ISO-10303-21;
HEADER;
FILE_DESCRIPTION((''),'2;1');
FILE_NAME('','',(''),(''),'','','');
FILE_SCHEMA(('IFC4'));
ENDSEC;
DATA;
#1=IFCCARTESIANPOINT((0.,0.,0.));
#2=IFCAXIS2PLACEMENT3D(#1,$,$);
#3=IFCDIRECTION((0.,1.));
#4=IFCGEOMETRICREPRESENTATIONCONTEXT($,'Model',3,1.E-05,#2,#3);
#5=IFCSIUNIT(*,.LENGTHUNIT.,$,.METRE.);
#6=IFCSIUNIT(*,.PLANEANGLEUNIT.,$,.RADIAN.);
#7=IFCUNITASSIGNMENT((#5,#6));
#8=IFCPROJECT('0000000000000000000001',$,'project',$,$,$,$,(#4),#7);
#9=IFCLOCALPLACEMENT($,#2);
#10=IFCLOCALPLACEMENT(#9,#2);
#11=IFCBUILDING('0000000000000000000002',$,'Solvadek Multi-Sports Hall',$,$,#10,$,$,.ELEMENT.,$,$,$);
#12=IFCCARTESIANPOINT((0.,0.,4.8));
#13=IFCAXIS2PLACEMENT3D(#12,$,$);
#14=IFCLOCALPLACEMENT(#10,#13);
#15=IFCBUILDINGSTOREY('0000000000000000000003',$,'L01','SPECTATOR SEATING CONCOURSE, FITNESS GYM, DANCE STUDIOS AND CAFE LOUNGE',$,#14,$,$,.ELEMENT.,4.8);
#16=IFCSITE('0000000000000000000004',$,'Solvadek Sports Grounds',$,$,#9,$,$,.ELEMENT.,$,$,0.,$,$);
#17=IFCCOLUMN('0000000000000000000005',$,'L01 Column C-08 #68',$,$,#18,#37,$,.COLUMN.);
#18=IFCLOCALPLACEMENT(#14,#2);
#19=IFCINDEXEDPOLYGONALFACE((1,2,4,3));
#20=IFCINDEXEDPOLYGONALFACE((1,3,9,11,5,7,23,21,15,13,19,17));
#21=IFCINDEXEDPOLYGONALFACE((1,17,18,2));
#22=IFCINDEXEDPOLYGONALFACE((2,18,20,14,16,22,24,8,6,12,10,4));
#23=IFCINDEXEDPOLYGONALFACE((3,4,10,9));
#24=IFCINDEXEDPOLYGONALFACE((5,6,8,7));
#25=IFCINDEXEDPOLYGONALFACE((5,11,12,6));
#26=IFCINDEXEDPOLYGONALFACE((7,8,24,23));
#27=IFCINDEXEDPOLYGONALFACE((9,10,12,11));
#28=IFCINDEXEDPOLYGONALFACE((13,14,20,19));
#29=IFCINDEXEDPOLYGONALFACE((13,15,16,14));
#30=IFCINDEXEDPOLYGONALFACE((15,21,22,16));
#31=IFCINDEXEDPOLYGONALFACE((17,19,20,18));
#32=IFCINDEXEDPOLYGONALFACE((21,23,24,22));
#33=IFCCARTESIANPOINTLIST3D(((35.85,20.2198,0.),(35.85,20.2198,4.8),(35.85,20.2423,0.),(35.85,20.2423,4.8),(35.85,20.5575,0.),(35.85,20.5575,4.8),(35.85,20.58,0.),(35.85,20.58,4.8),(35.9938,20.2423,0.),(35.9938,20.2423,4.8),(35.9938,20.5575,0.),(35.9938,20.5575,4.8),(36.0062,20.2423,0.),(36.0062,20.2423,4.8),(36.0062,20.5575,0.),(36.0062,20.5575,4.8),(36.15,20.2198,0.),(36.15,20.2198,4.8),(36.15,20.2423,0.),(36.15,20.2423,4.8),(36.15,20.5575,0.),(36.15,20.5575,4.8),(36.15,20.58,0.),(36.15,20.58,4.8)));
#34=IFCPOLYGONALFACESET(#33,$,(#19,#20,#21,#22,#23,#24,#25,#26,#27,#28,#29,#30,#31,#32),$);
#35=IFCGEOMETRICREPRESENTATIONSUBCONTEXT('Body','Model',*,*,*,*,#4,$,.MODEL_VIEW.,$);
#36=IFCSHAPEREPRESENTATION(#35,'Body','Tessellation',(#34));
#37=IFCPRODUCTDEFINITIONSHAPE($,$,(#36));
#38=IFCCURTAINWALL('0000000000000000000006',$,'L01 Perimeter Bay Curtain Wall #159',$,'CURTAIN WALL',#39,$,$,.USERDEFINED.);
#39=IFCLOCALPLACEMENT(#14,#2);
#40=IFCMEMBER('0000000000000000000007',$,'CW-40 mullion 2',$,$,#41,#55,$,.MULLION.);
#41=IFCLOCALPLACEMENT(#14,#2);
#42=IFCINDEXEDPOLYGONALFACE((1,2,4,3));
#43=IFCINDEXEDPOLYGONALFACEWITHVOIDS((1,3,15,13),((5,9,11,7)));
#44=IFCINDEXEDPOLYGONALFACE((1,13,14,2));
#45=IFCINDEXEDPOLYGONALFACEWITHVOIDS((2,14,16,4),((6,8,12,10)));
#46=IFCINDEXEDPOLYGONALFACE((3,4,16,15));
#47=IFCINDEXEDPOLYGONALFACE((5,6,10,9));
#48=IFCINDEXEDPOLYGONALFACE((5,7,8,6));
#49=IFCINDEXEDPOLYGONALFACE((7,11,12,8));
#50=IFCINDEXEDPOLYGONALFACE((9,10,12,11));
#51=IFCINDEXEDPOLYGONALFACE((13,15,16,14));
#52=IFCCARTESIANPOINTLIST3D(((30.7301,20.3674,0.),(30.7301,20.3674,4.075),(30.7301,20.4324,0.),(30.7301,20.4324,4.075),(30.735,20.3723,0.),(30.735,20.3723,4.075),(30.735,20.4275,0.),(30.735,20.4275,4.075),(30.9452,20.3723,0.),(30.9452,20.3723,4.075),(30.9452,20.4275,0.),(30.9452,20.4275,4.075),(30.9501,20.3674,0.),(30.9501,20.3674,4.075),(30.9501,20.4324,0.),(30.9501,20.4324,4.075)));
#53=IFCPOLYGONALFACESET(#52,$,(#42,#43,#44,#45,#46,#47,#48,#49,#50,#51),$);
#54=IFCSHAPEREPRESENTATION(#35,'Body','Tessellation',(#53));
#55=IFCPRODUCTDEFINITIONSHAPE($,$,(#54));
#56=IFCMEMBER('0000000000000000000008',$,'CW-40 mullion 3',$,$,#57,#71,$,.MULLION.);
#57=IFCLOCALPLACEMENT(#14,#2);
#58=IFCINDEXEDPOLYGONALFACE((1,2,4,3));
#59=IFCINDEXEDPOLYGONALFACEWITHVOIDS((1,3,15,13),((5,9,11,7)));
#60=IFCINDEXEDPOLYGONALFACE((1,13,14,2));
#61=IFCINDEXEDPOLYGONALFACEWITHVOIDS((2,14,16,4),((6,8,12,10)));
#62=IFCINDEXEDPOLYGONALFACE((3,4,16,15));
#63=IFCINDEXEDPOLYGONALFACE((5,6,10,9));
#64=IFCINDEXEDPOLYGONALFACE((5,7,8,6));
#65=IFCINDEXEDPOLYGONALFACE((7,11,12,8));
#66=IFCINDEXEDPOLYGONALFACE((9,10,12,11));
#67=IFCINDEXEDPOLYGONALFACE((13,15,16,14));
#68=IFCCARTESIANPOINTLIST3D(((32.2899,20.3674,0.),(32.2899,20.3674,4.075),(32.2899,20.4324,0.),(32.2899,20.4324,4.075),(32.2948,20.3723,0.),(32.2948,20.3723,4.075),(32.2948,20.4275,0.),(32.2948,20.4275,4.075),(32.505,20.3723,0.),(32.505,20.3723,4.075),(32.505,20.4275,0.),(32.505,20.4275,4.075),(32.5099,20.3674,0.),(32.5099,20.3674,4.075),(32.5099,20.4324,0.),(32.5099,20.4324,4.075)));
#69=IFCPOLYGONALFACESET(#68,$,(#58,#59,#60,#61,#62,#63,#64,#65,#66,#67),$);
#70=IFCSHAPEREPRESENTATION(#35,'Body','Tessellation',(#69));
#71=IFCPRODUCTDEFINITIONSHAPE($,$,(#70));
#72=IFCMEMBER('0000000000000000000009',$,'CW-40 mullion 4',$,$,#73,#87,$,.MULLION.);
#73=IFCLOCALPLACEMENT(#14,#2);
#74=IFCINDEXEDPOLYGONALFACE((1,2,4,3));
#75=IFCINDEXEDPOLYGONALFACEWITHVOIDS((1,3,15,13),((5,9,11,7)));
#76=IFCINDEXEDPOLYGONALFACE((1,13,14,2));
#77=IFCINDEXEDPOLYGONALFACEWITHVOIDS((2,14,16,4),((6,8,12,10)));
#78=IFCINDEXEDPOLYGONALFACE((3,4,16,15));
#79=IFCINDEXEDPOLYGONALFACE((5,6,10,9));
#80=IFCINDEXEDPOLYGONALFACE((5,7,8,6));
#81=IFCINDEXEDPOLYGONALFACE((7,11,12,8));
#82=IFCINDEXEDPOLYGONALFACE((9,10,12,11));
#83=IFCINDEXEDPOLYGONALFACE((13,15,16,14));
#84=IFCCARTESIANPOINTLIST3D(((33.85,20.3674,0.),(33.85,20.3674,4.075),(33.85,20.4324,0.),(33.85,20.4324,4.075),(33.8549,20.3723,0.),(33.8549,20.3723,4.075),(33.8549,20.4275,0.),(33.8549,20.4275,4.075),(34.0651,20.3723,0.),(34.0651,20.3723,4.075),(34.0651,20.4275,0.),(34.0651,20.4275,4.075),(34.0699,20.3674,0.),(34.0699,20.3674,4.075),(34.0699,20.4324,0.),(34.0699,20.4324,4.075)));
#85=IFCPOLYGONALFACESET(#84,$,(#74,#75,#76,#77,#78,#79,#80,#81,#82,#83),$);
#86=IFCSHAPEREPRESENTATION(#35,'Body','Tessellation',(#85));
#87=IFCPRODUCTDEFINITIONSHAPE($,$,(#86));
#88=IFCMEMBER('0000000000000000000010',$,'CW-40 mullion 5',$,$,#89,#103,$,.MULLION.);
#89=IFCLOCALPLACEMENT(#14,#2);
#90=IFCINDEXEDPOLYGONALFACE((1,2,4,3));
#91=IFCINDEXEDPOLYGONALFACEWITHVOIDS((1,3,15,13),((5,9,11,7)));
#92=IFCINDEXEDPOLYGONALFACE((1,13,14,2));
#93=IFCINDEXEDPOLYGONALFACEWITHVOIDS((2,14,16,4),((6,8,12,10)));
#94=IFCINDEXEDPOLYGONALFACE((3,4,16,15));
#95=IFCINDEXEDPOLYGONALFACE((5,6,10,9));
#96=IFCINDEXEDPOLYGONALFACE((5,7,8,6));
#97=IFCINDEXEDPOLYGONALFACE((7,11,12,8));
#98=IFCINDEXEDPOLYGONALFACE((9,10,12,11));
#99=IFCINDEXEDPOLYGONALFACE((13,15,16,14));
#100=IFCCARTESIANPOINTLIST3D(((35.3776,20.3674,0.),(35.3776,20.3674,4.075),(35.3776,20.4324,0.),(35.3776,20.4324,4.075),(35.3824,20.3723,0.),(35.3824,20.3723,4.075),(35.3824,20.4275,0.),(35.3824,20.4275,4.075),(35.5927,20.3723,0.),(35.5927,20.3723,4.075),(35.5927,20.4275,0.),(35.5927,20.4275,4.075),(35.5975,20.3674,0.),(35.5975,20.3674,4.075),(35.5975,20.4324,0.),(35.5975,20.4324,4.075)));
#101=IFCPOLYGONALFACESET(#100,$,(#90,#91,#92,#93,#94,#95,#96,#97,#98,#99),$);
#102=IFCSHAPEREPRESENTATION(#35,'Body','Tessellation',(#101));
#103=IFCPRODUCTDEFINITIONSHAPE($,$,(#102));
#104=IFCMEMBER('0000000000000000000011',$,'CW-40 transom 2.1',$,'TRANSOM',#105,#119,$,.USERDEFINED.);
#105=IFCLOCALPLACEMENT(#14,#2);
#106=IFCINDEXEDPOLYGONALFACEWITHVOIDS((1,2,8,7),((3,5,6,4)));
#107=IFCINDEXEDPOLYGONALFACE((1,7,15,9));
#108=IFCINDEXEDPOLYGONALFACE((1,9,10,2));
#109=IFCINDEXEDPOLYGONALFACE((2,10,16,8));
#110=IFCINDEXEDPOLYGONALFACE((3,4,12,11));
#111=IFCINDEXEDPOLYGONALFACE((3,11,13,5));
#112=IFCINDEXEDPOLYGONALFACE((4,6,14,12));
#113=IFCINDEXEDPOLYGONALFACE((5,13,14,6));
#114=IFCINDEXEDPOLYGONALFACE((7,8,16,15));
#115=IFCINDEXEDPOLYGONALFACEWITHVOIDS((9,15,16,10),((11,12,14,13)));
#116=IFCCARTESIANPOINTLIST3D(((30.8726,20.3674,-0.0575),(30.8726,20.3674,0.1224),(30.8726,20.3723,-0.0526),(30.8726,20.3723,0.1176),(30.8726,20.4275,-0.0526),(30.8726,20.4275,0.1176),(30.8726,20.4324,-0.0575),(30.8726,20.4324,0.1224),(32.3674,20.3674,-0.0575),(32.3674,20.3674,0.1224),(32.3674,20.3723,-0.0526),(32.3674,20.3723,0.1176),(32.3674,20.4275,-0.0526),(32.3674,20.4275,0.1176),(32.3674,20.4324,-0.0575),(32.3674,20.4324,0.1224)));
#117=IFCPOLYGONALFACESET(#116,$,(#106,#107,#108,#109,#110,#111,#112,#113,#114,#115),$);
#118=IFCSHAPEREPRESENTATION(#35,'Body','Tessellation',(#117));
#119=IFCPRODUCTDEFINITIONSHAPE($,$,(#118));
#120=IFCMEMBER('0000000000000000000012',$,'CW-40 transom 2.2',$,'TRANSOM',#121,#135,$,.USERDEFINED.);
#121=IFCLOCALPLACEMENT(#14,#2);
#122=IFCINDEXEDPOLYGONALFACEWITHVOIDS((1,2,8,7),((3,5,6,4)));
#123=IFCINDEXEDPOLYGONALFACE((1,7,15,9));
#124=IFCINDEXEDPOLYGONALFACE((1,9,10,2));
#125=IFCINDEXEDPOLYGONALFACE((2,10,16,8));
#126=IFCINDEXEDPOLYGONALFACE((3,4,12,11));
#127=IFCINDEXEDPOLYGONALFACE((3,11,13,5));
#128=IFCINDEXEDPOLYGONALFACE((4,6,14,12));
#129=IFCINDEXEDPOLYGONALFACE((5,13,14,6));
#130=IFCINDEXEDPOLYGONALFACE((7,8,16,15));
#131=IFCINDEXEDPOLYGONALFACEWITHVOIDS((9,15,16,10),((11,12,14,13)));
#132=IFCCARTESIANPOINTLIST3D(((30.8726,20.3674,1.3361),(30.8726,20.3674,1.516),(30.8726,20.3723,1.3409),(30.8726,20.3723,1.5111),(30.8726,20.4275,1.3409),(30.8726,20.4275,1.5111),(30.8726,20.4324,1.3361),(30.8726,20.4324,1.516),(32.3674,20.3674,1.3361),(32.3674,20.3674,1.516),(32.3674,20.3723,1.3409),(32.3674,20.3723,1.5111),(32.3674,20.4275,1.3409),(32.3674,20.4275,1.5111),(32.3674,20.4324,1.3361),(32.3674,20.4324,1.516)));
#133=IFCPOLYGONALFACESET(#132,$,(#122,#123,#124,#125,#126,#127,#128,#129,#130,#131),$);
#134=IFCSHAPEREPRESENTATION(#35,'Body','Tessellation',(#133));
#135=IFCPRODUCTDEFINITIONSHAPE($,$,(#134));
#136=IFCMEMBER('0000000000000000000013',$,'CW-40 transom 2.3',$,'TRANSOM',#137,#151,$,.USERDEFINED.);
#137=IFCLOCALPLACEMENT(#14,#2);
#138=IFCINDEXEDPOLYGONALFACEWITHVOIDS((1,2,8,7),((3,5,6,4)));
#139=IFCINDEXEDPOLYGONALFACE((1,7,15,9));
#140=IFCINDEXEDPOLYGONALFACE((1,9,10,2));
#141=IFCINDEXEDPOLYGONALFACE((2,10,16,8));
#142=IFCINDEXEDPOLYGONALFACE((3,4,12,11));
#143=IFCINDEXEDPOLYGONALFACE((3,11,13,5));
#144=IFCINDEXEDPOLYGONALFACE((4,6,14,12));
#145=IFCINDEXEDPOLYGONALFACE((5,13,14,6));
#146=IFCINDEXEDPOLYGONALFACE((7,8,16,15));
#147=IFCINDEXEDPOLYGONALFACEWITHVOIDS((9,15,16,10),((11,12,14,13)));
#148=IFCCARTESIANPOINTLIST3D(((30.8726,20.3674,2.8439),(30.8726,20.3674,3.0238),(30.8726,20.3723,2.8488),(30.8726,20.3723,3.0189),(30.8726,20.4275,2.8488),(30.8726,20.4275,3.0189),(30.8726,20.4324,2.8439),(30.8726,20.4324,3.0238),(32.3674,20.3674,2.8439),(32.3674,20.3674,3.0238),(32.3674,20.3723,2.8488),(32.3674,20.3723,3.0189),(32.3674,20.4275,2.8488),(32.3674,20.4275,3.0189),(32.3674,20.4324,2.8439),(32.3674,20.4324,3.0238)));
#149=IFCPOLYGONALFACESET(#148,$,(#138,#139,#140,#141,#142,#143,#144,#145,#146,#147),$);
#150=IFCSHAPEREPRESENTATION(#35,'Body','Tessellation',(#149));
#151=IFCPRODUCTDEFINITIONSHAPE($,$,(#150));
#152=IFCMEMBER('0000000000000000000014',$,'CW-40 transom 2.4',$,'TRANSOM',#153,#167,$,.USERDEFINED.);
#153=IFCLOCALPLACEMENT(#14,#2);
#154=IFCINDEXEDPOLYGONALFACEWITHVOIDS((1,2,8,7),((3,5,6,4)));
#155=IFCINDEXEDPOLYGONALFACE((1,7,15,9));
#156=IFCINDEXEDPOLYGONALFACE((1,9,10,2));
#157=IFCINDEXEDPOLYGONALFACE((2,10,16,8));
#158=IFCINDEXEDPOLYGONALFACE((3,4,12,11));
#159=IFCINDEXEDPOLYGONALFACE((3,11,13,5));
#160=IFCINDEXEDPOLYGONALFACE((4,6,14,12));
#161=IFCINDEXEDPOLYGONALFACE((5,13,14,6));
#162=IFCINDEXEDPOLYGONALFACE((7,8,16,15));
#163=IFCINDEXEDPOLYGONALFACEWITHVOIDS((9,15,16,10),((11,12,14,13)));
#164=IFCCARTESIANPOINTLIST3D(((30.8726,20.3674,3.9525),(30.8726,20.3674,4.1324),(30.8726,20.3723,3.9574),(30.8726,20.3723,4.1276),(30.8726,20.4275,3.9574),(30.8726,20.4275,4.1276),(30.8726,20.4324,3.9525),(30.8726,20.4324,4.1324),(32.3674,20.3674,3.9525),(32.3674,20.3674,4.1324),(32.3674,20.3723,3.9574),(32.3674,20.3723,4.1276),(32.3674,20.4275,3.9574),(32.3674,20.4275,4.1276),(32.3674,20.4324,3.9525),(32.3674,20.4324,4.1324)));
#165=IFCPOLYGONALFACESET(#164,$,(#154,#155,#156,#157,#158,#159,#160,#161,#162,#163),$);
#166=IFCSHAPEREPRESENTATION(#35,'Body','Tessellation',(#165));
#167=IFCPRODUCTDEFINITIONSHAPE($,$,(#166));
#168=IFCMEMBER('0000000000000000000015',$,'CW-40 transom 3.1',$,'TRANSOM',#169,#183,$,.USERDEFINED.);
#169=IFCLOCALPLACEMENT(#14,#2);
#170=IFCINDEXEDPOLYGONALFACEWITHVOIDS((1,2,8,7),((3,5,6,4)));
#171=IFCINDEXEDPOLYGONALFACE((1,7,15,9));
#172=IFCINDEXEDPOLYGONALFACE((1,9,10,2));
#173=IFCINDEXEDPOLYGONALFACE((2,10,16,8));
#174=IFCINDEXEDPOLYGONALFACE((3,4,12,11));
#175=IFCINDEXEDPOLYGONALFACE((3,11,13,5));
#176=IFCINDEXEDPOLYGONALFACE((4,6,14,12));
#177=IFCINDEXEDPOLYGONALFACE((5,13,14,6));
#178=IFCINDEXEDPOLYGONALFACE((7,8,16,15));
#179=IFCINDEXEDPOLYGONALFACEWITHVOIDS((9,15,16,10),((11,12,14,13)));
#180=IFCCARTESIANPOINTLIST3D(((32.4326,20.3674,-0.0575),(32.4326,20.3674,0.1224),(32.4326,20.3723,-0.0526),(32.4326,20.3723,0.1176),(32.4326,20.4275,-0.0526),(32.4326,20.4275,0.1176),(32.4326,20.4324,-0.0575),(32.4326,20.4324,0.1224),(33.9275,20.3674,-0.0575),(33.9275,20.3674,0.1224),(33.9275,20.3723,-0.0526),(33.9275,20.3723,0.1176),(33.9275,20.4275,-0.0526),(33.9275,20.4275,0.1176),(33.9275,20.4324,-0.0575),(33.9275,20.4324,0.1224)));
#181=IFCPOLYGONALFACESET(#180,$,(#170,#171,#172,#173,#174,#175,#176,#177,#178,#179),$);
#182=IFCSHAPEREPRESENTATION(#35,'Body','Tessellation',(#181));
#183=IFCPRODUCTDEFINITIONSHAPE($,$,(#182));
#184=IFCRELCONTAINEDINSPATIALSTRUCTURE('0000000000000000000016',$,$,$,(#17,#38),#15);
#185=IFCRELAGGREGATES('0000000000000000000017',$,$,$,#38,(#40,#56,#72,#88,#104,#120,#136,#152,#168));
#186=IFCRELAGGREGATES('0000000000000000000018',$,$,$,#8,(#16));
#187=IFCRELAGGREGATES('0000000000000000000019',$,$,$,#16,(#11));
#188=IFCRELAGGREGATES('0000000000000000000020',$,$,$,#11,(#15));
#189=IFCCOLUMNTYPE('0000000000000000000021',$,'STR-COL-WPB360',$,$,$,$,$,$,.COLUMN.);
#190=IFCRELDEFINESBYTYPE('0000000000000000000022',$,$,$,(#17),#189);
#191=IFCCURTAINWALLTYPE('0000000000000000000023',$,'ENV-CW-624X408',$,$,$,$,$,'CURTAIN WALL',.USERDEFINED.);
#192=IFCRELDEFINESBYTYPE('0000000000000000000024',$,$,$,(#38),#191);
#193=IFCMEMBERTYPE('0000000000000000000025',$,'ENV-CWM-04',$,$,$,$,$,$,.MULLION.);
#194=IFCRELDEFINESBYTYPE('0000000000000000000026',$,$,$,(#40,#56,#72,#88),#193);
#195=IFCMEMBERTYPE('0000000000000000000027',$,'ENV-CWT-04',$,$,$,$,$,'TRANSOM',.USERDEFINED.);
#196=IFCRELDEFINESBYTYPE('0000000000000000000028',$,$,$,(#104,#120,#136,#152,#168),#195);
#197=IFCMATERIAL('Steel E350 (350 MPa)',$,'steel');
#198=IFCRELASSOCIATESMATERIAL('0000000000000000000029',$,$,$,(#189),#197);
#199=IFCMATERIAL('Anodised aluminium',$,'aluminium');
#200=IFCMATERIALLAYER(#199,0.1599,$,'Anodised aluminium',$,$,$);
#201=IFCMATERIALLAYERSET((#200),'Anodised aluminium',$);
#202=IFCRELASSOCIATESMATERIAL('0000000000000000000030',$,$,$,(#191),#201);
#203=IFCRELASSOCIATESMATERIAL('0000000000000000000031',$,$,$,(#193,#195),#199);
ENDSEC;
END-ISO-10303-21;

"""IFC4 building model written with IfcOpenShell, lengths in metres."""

from ifc_helpers import new_model, si_unit, direction, frame, origin, origin_2d, place, context, subcontext, project, spatial, hollow_rectangle, i_section, extrude, material, layer, layer_set, material_profile, profile_set, type_object, element, aggregate, save


model = new_model("IFC4")

# Units and contexts
model_context = context("Model", 3, precision=1e-05, world=origin(), true_north=direction((0.0, 1.0)))
body_context = subcontext(model_context, "Body", "Model", "MODEL_VIEW")
ifc_project = project(units=[si_unit("LENGTHUNIT", "METRE"), si_unit("PLANEANGLEUNIT", "RADIAN")], contexts=[model_context])

# Site, building, storey
site_placement = place(None, origin())
site = spatial("IfcSite", under=ifc_project, at=site_placement, Name="Solvadek Sports Grounds", CompositionType="ELEMENT", RefElevation=0.0)
building_placement = place(site_placement, origin())
building = spatial("IfcBuilding", under=site, at=building_placement, Name="Solvadek Multi-Sports Hall", CompositionType="ELEMENT")
storey_placement = place(building_placement, frame((0.0, 0.0, 4.8)))
storey = spatial("IfcBuildingStorey", under=building, at=storey_placement, Name="L01", Description="SPECTATOR SEATING CONCOURSE, FITNESS GYM, DANCE STUDIOS AND CAFE LOUNGE", CompositionType="ELEMENT", Elevation=4.8)

# Column
ifc_material_1 = material(Name="Steel E350 (350 MPa)", Category="steel")
ifc_material_profile_1 = material_profile(ifc_material_1, i_section(OverallWidth=0.3, OverallDepth=0.3601, WebThickness=0.0125, FlangeThickness=0.0225, at=origin_2d()), Name="WPB 360")
ifc_profile_set_1 = profile_set([ifc_material_profile_1], Name="Steel E350 (350 MPa)")
column_type = type_object("IfcColumnType", Name="STR-COL-WPB360", PredefinedType="COLUMN", material=ifc_profile_set_1)
column_placement = place(storey_placement, frame((36.0, 20.3999, 0.0), z_axis=(0.0, 0.0, 1.0), x_axis=(1.0, 0.0, 0.0)))
element("IfcColumn", 1, at=column_placement, inside=storey, type_object=column_type, Name="L01 Column C-08 #68", PredefinedType="COLUMN", context=body_context, shape_type="SweptSolid", body=[
    extrude(i_section(OverallWidth=0.3, OverallDepth=0.3601, WebThickness=0.0125, FlangeThickness=0.0225, at=origin_2d()), origin(), (0.0, 0.0, 1.0), 4.8),
])

# Curtain wall, members
ifc_material_2 = material(Name="Anodised aluminium", Category="aluminium")
ifc_layer_1 = layer(ifc_material_2, 0.1599, Name="Anodised aluminium")
ifc_layer_set_1 = layer_set([ifc_layer_1], Name="Anodised aluminium")
curtain_wall_type = type_object("IfcCurtainWallType", Name="ENV-CW-624X408", ElementType="CURTAIN WALL", PredefinedType="USERDEFINED", material=ifc_layer_set_1)
curtain_wall_placement = place(storey_placement, origin())
curtain_wall = element("IfcCurtainWall", 2, at=curtain_wall_placement, inside=storey, type_object=curtain_wall_type, Name="L01 Perimeter Bay Curtain Wall #159", ObjectType="CURTAIN WALL", PredefinedType="USERDEFINED")
ifc_material_profile_2 = material_profile(ifc_material_2, hollow_rectangle(XDim=0.0649, YDim=0.22, WallThickness=0.0049, at=origin_2d()), Name="ALU-M 220x65x5")
ifc_profile_set_2 = profile_set([ifc_material_profile_2], Name="Anodised aluminium")
member_type_1 = type_object("IfcMemberType", Name="ENV-CWM-04", PredefinedType="MULLION", material=ifc_profile_set_2)
member_1_placement = place(storey_placement, frame((30.8401, 20.3999, 0.0), z_axis=(0.0, 0.0, 1.0), x_axis=(0.0, 1.0, 0.0)))
member_1 = element("IfcMember", 3, at=member_1_placement, type_object=member_type_1, Name="CW-40 mullion 2", PredefinedType="MULLION", context=body_context, shape_type="SweptSolid", body=[
    extrude(hollow_rectangle(XDim=0.0649, YDim=0.22, WallThickness=0.0049, at=origin_2d()), origin(), (0.0, 0.0, 1.0), 4.075),
])
member_2_placement = place(storey_placement, frame((32.3999, 20.3999, 0.0), z_axis=(0.0, 0.0, 1.0), x_axis=(0.0, 1.0, 0.0)))
member_2 = element("IfcMember", 4, at=member_2_placement, type_object=member_type_1, Name="CW-40 mullion 3", PredefinedType="MULLION", context=body_context, shape_type="SweptSolid", body=[
    extrude(hollow_rectangle(XDim=0.0649, YDim=0.22, WallThickness=0.0049, at=origin_2d()), origin(), (0.0, 0.0, 1.0), 4.075),
])
member_3_placement = place(storey_placement, frame((33.96, 20.3999, 0.0), z_axis=(0.0, 0.0, 1.0), x_axis=(0.0, 1.0, 0.0)))
member_3 = element("IfcMember", 5, at=member_3_placement, type_object=member_type_1, Name="CW-40 mullion 4", PredefinedType="MULLION", context=body_context, shape_type="SweptSolid", body=[
    extrude(hollow_rectangle(XDim=0.0649, YDim=0.22, WallThickness=0.0049, at=origin_2d()), origin(), (0.0, 0.0, 1.0), 4.075),
])
member_4_placement = place(storey_placement, frame((35.4875, 20.3999, 0.0), z_axis=(0.0, 0.0, 1.0), x_axis=(0.0, 1.0, 0.0)))
member_4 = element("IfcMember", 6, at=member_4_placement, type_object=member_type_1, Name="CW-40 mullion 5", PredefinedType="MULLION", context=body_context, shape_type="SweptSolid", body=[
    extrude(hollow_rectangle(XDim=0.0649, YDim=0.22, WallThickness=0.0049, at=origin_2d()), origin(), (0.0, 0.0, 1.0), 4.075),
])
ifc_material_profile_3 = material_profile(ifc_material_2, hollow_rectangle(XDim=0.0649, YDim=0.1799, WallThickness=0.0049, at=origin_2d()), Name="ALU-T 180x65x5")
ifc_profile_set_3 = profile_set([ifc_material_profile_3], Name="Anodised aluminium")
member_type_2 = type_object("IfcMemberType", Name="ENV-CWT-04", ElementType="TRANSOM", PredefinedType="USERDEFINED", material=ifc_profile_set_3)
member_5_placement = place(storey_placement, frame((30.8726, 20.3999, 0.0325), z_axis=(1.0, 0.0, 0.0), x_axis=(0.0, 1.0, 0.0)))
member_5 = element("IfcMember", 7, at=member_5_placement, type_object=member_type_2, Name="CW-40 transom 2.1", ObjectType="TRANSOM", PredefinedType="USERDEFINED", context=body_context, shape_type="SweptSolid", body=[
    extrude(hollow_rectangle(XDim=0.0649, YDim=0.1799, WallThickness=0.0049, at=origin_2d()), origin(), (0.0, 0.0, 1.0), 1.4949),
])
member_6_placement = place(storey_placement, frame((30.8726, 20.3999, 1.426), z_axis=(1.0, 0.0, 0.0), x_axis=(0.0, 1.0, 0.0)))
member_6 = element("IfcMember", 8, at=member_6_placement, type_object=member_type_2, Name="CW-40 transom 2.2", ObjectType="TRANSOM", PredefinedType="USERDEFINED", context=body_context, shape_type="SweptSolid", body=[
    extrude(hollow_rectangle(XDim=0.0649, YDim=0.1799, WallThickness=0.0049, at=origin_2d()), origin(), (0.0, 0.0, 1.0), 1.4949),
])
member_7_placement = place(storey_placement, frame((30.8726, 20.3999, 2.9338), z_axis=(1.0, 0.0, 0.0), x_axis=(0.0, 1.0, 0.0)))
member_7 = element("IfcMember", 9, at=member_7_placement, type_object=member_type_2, Name="CW-40 transom 2.3", ObjectType="TRANSOM", PredefinedType="USERDEFINED", context=body_context, shape_type="SweptSolid", body=[
    extrude(hollow_rectangle(XDim=0.0649, YDim=0.1799, WallThickness=0.0049, at=origin_2d()), origin(), (0.0, 0.0, 1.0), 1.4949),
])
member_8_placement = place(storey_placement, frame((30.8726, 20.3999, 4.0425), z_axis=(1.0, 0.0, 0.0), x_axis=(0.0, 1.0, 0.0)))
member_8 = element("IfcMember", 10, at=member_8_placement, type_object=member_type_2, Name="CW-40 transom 2.4", ObjectType="TRANSOM", PredefinedType="USERDEFINED", context=body_context, shape_type="SweptSolid", body=[
    extrude(hollow_rectangle(XDim=0.0649, YDim=0.1799, WallThickness=0.0049, at=origin_2d()), origin(), (0.0, 0.0, 1.0), 1.4949),
])
member_9_placement = place(storey_placement, frame((32.4326, 20.3999, 0.0325), z_axis=(1.0, 0.0, 0.0), x_axis=(0.0, 1.0, 0.0)))
member_9 = element("IfcMember", 11, at=member_9_placement, type_object=member_type_2, Name="CW-40 transom 3.1", ObjectType="TRANSOM", PredefinedType="USERDEFINED", context=body_context, shape_type="SweptSolid", body=[
    extrude(hollow_rectangle(XDim=0.0649, YDim=0.1799, WallThickness=0.0049, at=origin_2d()), origin(), (0.0, 0.0, 1.0), 1.4949),
])

aggregate(curtain_wall, [member_1, member_2, member_3, member_4, member_5, member_6, member_7, member_8, member_9])

save(model, "model.ifc")
